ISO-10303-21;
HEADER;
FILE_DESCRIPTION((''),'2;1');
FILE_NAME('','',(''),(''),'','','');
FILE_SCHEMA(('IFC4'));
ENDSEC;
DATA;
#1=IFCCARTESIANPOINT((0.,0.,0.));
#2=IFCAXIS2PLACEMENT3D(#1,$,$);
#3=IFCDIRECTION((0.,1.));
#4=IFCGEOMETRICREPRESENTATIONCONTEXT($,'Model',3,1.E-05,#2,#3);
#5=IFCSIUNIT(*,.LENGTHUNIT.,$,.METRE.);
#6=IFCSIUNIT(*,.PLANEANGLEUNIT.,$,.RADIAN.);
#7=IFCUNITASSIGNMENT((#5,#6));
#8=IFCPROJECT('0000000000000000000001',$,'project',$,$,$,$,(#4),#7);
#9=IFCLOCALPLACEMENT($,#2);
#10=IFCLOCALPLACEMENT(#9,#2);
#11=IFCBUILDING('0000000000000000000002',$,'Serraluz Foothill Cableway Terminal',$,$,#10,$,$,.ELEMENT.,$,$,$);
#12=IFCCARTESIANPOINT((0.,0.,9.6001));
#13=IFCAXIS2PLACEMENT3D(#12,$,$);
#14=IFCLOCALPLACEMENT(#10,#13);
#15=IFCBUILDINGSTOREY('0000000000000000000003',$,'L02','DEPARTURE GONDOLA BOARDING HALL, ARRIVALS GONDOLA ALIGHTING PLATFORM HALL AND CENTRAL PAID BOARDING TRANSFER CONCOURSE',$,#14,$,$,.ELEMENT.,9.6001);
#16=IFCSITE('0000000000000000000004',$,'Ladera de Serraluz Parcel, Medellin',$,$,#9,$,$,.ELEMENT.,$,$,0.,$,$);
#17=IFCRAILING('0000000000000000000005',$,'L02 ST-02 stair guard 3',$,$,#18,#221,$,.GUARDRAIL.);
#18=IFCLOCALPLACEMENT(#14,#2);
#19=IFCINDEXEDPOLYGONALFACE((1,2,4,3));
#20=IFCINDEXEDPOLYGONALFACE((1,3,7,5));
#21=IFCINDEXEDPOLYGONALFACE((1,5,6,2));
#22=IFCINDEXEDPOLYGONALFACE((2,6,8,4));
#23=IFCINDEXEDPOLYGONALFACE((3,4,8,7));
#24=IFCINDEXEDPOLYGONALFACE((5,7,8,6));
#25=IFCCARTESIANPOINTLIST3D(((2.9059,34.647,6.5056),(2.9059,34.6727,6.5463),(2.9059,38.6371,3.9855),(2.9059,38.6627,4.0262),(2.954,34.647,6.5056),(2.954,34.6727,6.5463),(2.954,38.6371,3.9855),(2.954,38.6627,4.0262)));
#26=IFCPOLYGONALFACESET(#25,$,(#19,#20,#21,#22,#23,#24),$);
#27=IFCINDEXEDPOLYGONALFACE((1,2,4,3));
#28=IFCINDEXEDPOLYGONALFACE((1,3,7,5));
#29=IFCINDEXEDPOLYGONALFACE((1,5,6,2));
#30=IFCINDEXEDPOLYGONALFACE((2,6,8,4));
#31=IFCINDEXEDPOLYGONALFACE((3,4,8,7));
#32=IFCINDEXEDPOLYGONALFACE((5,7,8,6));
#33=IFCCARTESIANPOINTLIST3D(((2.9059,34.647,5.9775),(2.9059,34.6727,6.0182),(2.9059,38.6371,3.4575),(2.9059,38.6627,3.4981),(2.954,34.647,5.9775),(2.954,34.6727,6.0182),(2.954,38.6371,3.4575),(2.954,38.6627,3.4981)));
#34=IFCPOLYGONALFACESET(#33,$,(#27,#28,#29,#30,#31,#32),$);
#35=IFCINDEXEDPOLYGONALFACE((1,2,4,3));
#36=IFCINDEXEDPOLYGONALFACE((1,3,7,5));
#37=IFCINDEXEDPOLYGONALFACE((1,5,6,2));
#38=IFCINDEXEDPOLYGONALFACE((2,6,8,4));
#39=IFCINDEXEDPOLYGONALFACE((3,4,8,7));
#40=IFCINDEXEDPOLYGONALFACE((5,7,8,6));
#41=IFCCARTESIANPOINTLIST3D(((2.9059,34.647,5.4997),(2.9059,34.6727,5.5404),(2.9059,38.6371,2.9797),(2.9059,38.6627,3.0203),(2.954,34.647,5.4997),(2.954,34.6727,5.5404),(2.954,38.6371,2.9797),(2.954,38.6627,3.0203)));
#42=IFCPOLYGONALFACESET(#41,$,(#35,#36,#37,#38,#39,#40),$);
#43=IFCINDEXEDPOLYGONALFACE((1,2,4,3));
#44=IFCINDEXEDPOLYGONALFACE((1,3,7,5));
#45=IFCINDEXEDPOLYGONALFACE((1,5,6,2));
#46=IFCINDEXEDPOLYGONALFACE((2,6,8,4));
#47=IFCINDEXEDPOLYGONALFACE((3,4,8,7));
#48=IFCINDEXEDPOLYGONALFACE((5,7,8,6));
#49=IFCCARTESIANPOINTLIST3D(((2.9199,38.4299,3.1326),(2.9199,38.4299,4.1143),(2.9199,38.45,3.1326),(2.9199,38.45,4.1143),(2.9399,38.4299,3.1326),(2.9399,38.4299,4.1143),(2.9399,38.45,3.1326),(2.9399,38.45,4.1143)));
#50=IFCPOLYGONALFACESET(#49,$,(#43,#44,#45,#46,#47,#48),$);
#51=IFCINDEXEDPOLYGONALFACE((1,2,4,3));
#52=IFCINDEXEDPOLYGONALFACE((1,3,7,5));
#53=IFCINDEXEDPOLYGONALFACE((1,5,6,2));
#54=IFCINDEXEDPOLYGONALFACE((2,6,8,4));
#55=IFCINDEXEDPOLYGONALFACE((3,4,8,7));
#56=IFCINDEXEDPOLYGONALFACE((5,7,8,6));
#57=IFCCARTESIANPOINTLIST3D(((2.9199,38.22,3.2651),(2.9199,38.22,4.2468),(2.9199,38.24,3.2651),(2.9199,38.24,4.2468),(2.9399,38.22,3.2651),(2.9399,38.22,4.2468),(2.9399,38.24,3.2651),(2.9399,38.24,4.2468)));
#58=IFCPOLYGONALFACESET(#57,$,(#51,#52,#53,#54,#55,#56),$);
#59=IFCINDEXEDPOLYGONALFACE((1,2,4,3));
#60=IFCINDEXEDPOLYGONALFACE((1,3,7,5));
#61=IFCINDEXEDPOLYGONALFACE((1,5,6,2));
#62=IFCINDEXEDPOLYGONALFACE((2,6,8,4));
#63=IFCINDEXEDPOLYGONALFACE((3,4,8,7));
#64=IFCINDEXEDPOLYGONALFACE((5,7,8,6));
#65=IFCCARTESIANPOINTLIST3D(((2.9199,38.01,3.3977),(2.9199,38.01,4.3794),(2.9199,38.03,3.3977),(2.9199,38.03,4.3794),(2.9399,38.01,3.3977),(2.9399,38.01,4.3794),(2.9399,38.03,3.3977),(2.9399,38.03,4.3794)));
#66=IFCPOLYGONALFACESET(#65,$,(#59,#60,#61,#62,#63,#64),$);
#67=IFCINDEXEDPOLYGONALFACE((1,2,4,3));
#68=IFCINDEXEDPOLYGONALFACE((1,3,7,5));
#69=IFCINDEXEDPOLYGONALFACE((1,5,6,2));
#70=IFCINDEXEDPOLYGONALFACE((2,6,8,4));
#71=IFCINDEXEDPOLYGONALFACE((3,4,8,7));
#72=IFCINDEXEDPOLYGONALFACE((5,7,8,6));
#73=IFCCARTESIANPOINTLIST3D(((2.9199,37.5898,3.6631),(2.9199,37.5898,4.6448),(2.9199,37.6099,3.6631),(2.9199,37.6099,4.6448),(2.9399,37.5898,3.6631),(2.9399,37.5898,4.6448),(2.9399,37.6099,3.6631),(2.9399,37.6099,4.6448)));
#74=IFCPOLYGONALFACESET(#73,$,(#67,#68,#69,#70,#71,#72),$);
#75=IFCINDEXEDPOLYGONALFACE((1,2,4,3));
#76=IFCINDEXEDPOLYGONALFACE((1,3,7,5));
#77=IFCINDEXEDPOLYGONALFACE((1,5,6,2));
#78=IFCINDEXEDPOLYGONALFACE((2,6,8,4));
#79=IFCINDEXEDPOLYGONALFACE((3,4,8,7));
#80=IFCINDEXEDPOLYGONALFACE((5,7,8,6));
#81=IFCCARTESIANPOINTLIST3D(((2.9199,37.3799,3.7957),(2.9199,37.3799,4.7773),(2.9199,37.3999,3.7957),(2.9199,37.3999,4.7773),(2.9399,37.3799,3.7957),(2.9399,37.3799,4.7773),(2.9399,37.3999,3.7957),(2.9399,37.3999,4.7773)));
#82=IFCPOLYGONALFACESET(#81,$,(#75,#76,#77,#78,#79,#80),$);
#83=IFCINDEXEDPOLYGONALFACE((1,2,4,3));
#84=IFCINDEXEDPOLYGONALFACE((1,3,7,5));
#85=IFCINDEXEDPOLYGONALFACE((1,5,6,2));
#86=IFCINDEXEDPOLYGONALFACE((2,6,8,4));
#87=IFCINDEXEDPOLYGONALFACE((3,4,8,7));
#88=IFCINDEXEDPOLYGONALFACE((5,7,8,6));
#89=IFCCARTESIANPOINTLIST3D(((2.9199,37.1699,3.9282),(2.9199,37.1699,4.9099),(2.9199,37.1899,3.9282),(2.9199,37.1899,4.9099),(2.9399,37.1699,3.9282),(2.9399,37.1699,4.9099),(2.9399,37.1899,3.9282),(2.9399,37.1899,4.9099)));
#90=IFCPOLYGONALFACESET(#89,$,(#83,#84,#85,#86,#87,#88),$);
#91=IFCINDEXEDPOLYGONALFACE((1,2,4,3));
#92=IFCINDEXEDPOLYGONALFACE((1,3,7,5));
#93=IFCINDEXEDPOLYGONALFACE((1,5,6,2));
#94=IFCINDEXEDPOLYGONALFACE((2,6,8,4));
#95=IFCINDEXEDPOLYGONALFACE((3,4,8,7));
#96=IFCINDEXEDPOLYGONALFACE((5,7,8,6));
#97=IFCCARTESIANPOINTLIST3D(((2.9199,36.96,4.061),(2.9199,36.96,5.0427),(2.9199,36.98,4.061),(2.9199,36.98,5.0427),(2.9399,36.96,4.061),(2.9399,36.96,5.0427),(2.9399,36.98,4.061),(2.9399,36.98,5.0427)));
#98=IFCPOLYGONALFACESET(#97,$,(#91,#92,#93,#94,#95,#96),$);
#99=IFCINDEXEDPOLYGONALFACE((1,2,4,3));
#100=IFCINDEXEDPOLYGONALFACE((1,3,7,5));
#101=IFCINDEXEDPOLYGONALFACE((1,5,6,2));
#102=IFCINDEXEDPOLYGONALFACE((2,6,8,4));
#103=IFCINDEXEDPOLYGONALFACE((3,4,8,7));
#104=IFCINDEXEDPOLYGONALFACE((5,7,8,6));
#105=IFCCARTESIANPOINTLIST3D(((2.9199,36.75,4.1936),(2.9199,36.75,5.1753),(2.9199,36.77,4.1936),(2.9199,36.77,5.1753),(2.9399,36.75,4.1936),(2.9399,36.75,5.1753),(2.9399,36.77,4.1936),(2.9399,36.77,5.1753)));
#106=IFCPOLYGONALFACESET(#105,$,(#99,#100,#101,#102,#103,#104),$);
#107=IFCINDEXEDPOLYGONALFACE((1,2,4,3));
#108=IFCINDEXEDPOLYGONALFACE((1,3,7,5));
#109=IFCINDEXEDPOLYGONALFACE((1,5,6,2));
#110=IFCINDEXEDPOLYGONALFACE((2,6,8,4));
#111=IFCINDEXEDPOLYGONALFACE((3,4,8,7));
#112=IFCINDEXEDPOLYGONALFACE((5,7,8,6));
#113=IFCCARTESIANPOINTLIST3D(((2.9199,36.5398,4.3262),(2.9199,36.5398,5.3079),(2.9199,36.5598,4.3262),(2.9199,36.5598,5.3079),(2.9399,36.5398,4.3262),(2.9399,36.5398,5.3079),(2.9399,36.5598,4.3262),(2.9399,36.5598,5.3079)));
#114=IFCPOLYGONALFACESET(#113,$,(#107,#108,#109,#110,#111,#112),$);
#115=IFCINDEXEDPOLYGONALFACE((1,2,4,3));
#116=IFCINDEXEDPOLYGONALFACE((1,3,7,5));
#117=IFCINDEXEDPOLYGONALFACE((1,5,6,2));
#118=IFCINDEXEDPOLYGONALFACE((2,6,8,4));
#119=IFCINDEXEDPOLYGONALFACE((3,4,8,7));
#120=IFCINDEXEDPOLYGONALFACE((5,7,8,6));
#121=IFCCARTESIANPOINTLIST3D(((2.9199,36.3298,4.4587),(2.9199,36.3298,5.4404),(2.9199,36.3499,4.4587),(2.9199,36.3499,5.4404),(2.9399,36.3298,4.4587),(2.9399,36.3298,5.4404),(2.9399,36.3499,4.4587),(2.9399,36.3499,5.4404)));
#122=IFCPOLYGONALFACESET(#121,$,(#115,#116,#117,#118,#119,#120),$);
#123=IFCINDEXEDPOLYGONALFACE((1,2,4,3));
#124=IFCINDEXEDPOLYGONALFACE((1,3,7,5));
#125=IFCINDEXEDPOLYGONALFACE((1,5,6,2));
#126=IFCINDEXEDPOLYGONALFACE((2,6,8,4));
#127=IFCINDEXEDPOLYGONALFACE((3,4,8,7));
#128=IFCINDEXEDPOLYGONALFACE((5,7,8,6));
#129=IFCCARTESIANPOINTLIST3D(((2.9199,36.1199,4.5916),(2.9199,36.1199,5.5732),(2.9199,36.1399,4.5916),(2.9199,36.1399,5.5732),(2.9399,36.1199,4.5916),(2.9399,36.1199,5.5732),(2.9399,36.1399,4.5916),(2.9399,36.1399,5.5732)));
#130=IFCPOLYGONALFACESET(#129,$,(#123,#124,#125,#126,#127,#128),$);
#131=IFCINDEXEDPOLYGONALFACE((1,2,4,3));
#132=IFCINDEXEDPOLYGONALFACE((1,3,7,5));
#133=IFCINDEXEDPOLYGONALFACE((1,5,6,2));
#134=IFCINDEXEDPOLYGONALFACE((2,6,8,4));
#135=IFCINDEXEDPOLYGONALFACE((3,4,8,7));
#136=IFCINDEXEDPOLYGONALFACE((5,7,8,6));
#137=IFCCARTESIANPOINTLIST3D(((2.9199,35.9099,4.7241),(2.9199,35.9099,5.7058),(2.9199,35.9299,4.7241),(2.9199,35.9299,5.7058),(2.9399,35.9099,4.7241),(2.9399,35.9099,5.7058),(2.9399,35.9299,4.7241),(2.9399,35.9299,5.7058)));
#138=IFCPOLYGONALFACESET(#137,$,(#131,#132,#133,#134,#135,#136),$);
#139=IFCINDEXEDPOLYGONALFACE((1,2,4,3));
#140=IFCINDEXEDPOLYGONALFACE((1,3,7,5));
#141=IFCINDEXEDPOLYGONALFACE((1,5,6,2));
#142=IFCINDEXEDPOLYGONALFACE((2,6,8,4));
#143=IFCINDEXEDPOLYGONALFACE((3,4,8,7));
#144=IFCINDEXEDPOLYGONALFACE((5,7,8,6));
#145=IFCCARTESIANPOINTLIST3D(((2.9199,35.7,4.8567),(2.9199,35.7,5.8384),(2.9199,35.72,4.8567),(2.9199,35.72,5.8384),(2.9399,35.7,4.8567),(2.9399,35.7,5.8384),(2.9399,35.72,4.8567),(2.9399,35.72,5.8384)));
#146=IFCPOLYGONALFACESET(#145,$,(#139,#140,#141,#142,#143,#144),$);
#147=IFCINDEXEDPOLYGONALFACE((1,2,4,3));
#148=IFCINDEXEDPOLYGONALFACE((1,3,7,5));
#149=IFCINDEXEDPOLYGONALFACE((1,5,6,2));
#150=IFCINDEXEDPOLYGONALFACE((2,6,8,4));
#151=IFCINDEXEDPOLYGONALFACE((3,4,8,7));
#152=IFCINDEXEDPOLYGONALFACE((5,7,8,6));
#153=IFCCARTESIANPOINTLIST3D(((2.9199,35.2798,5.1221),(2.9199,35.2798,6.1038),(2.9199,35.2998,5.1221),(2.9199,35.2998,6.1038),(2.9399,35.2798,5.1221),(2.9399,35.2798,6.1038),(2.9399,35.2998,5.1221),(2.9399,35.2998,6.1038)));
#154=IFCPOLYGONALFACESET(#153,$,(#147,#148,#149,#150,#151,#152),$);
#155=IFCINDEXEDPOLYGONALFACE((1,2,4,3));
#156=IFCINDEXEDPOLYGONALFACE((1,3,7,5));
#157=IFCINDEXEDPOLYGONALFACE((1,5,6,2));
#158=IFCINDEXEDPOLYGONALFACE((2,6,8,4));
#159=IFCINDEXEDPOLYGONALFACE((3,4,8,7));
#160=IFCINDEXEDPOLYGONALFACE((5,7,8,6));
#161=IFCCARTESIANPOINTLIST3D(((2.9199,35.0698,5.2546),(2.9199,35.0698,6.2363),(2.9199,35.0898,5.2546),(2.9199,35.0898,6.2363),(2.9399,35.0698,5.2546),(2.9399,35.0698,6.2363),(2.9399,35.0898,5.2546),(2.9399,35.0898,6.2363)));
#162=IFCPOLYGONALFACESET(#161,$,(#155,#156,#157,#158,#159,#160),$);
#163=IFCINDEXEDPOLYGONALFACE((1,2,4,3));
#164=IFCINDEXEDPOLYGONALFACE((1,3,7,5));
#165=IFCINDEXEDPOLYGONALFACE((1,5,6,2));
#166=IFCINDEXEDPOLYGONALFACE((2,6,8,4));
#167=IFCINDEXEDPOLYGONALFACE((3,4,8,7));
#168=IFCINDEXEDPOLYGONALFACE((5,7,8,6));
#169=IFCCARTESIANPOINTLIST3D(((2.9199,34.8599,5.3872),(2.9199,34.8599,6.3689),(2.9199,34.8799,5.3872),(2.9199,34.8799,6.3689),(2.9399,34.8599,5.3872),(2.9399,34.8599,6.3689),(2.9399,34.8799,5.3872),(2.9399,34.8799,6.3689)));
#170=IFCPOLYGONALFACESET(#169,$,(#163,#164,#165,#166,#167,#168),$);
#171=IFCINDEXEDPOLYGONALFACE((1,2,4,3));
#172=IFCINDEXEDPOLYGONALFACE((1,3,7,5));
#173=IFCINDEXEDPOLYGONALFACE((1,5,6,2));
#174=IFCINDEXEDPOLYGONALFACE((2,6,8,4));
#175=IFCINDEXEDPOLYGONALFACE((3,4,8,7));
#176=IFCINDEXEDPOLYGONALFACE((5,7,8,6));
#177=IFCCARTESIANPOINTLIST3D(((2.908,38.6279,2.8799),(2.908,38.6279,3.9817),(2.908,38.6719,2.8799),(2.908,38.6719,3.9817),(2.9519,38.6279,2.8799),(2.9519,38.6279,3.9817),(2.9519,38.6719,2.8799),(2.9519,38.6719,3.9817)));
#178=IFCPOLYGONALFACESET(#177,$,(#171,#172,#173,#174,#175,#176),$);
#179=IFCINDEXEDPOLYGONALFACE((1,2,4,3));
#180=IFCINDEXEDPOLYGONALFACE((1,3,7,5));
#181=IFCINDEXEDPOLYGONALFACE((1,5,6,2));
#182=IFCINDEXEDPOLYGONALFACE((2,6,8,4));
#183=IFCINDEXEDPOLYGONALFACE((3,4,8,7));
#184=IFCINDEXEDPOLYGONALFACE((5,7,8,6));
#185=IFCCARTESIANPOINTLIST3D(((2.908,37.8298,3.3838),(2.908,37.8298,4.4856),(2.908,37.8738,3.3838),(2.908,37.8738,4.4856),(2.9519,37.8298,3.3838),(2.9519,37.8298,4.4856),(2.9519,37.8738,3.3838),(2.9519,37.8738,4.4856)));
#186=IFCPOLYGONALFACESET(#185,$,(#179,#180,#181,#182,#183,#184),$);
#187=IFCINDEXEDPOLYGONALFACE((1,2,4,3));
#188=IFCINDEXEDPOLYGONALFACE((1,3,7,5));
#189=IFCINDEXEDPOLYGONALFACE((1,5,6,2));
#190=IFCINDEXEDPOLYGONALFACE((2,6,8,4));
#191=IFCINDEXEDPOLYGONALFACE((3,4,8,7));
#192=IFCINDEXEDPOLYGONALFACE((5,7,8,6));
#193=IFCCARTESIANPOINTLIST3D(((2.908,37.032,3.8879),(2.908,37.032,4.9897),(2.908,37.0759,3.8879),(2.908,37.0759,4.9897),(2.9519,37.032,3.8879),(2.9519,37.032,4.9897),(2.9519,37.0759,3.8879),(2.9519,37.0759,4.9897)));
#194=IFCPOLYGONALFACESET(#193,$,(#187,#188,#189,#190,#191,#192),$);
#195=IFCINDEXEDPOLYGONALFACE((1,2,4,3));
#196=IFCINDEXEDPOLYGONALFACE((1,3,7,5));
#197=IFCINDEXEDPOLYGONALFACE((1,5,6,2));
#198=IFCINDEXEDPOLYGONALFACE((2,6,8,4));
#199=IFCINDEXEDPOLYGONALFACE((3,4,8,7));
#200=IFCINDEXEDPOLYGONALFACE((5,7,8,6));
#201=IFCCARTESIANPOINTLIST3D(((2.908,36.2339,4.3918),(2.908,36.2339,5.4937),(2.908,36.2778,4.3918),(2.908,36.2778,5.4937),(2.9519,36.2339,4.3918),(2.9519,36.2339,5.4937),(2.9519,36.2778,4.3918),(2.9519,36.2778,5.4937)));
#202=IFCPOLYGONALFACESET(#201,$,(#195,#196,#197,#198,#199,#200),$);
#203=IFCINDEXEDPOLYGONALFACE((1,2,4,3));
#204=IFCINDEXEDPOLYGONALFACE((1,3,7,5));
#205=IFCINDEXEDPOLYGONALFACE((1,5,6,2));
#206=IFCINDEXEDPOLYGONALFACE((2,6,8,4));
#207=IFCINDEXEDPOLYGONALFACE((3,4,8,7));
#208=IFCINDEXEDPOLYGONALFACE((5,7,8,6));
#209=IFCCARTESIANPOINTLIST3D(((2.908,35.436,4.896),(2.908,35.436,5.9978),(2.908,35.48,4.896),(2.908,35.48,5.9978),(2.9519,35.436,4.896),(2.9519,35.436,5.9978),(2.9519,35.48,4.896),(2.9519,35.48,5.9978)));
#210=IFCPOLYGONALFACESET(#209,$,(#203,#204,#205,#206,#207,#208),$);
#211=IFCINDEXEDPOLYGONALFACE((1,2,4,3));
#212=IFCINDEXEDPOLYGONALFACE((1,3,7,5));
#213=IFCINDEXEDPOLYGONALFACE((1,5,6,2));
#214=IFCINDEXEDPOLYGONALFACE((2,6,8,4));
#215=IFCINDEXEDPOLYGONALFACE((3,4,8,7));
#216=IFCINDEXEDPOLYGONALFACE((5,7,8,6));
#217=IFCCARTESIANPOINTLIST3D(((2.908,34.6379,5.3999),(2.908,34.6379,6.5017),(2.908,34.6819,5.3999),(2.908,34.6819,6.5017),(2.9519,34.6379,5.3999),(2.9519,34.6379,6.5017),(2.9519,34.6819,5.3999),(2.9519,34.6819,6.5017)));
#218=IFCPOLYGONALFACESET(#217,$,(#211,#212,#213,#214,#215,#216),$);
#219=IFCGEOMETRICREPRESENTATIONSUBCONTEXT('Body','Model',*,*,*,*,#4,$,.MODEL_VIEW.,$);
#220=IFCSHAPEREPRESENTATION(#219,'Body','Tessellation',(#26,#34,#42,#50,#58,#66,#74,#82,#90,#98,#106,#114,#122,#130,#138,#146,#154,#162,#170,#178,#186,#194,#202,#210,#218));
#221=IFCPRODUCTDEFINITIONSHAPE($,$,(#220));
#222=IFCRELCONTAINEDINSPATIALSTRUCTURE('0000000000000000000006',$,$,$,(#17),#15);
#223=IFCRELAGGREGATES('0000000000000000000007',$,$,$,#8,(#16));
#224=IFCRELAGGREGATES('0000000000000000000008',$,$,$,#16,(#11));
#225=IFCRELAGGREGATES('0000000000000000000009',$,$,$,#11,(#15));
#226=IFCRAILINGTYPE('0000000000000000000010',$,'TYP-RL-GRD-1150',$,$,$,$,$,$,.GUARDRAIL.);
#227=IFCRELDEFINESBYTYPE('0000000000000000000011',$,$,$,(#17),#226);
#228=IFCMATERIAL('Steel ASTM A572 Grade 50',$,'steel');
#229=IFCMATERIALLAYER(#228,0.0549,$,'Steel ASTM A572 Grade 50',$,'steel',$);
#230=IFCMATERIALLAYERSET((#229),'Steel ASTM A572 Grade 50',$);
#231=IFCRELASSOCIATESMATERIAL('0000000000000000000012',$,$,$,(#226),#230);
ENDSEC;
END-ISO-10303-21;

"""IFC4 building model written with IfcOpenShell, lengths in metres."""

from ifc_helpers import new_model, si_unit, direction, frame, origin, origin_2d, place, context, subcontext, project, spatial, rectangle, extrude, material, layer, layer_set, type_object, element, save


model = new_model("IFC4")

# Units and contexts
model_context = context("Model", 3, precision=1e-05, world=origin(), true_north=direction((0.0, 1.0)))
body_context = subcontext(model_context, "Body", "Model", "MODEL_VIEW")
ifc_project = project(units=[si_unit("LENGTHUNIT", "METRE"), si_unit("PLANEANGLEUNIT", "RADIAN")], contexts=[model_context])

# Site, building, storey
site_placement = place(None, origin())
site = spatial("IfcSite", under=ifc_project, at=site_placement, Name="Ladera de Serraluz Parcel, Medellin", CompositionType="ELEMENT", RefElevation=0.0)
building_placement = place(site_placement, origin())
building = spatial("IfcBuilding", under=site, at=building_placement, Name="Serraluz Foothill Cableway Terminal", CompositionType="ELEMENT")
storey_placement = place(building_placement, frame((0.0, 0.0, 9.6001)))
storey = spatial("IfcBuildingStorey", under=building, at=storey_placement, Name="L02", Description="DEPARTURE GONDOLA BOARDING HALL, ARRIVALS GONDOLA ALIGHTING PLATFORM HALL AND CENTRAL PAID BOARDING TRANSFER CONCOURSE", CompositionType="ELEMENT", Elevation=9.6001)

# Railing
ifc_material_1 = material(Name="Steel ASTM A572 Grade 50", Category="steel")
ifc_layer_1 = layer(ifc_material_1, 0.0549, Name="Steel ASTM A572 Grade 50", Category="steel")
ifc_layer_set_1 = layer_set([ifc_layer_1], Name="Steel ASTM A572 Grade 50")
railing_type_1 = type_object("IfcRailingType", Name="TYP-RL-GRD-1150", PredefinedType="GUARDRAIL", material=ifc_layer_set_1)
railing_1_placement = place(storey_placement, frame((2.9299, 38.6499, 2.8799)))
element("IfcRailing", 1, at=railing_1_placement, inside=storey, type_object=railing_type_1, Name="L02 ST-02 stair guard 3", PredefinedType="GUARDRAIL", context=body_context, shape_type="SweptSolid", body=[
    extrude(rectangle(XDim=0.0481, YDim=0.0481, at=origin_2d()), frame((0.0, 0.0, 1.126), z_axis=(0.0, -0.845486, 0.533997), x_axis=(1.0, 0.0, 0.0)), (0.0, 0.0, 1.0), 4.7192),
    extrude(rectangle(XDim=0.0481, YDim=0.0481, at=origin_2d()), frame((0.0, 0.0, 0.5979), z_axis=(0.0, -0.845486, 0.533997), x_axis=(1.0, 0.0, 0.0)), (0.0, 0.0, 1.0), 4.7192),
    extrude(rectangle(XDim=0.0481, YDim=0.0481, at=origin_2d()), frame((0.0, 0.0, 0.1201), z_axis=(0.0, -0.845486, 0.533997), x_axis=(1.0, 0.0, 0.0)), (0.0, 0.0, 1.0), 4.7192),
    extrude(rectangle(XDim=0.02, YDim=0.02, at=origin_2d()), frame((0.0, -0.21, 0.2527)), (0.0, 0.0, 1.0), 0.9817),
    extrude(rectangle(XDim=0.02, YDim=0.02, at=origin_2d()), frame((0.0, -0.4199, 0.3853)), (0.0, 0.0, 1.0), 0.9817),
    extrude(rectangle(XDim=0.02, YDim=0.02, at=origin_2d()), frame((0.0, -0.6299, 0.5178)), (0.0, 0.0, 1.0), 0.9817),
    extrude(rectangle(XDim=0.02, YDim=0.02, at=origin_2d()), frame((0.0, -1.05, 0.7832)), (0.0, 0.0, 1.0), 0.9817),
    extrude(rectangle(XDim=0.02, YDim=0.02, at=origin_2d()), frame((0.0, -1.26, 0.9158)), (0.0, 0.0, 1.0), 0.9817),
    extrude(rectangle(XDim=0.02, YDim=0.02, at=origin_2d()), frame((0.0, -1.47, 1.0483)), (0.0, 0.0, 1.0), 0.9817),
    extrude(rectangle(XDim=0.02, YDim=0.02, at=origin_2d()), frame((0.0, -1.6799, 1.1812)), (0.0, 0.0, 1.0), 0.9817),
    extrude(rectangle(XDim=0.02, YDim=0.02, at=origin_2d()), frame((0.0, -1.8899, 1.3137)), (0.0, 0.0, 1.0), 0.9817),
    extrude(rectangle(XDim=0.02, YDim=0.02, at=origin_2d()), frame((0.0, -2.1001, 1.4463)), (0.0, 0.0, 1.0), 0.9817),
    extrude(rectangle(XDim=0.02, YDim=0.02, at=origin_2d()), frame((0.0, -2.3101, 1.5789)), (0.0, 0.0, 1.0), 0.9817),
    extrude(rectangle(XDim=0.02, YDim=0.02, at=origin_2d()), frame((0.0, -2.52, 1.7117)), (0.0, 0.0, 1.0), 0.9817),
    extrude(rectangle(XDim=0.02, YDim=0.02, at=origin_2d()), frame((0.0, -2.73, 1.8442)), (0.0, 0.0, 1.0), 0.9817),
    extrude(rectangle(XDim=0.02, YDim=0.02, at=origin_2d()), frame((0.0, -2.9399, 1.9768)), (0.0, 0.0, 1.0), 0.9817),
    extrude(rectangle(XDim=0.02, YDim=0.02, at=origin_2d()), frame((0.0, -3.3601, 2.2422)), (0.0, 0.0, 1.0), 0.9817),
    extrude(rectangle(XDim=0.02, YDim=0.02, at=origin_2d()), frame((0.0, -3.5701, 2.3748)), (0.0, 0.0, 1.0), 0.9817),
    extrude(rectangle(XDim=0.02, YDim=0.02, at=origin_2d()), frame((0.0, -3.78, 2.5073)), (0.0, 0.0, 1.0), 0.9817),
    extrude(rectangle(XDim=0.0439, YDim=0.0439, at=origin_2d()), origin(), (0.0, 0.0, 1.0), 1.1018),
    extrude(rectangle(XDim=0.0439, YDim=0.0439, at=origin_2d()), frame((0.0, -0.7981, 0.5039)), (0.0, 0.0, 1.0), 1.1018),
    extrude(rectangle(XDim=0.0439, YDim=0.0439, at=origin_2d()), frame((0.0, -1.5959, 1.0081)), (0.0, 0.0, 1.0), 1.1018),
    extrude(rectangle(XDim=0.0439, YDim=0.0439, at=origin_2d()), frame((0.0, -2.394, 1.512)), (0.0, 0.0, 1.0), 1.1018),
    extrude(rectangle(XDim=0.0439, YDim=0.0439, at=origin_2d()), frame((0.0, -3.1919, 2.0161)), (0.0, 0.0, 1.0), 1.1018),
    extrude(rectangle(XDim=0.0439, YDim=0.0439, at=origin_2d()), frame((0.0, -3.99, 2.52)), (0.0, 0.0, 1.0), 1.1018),
])

save(model, "model.ifc")
